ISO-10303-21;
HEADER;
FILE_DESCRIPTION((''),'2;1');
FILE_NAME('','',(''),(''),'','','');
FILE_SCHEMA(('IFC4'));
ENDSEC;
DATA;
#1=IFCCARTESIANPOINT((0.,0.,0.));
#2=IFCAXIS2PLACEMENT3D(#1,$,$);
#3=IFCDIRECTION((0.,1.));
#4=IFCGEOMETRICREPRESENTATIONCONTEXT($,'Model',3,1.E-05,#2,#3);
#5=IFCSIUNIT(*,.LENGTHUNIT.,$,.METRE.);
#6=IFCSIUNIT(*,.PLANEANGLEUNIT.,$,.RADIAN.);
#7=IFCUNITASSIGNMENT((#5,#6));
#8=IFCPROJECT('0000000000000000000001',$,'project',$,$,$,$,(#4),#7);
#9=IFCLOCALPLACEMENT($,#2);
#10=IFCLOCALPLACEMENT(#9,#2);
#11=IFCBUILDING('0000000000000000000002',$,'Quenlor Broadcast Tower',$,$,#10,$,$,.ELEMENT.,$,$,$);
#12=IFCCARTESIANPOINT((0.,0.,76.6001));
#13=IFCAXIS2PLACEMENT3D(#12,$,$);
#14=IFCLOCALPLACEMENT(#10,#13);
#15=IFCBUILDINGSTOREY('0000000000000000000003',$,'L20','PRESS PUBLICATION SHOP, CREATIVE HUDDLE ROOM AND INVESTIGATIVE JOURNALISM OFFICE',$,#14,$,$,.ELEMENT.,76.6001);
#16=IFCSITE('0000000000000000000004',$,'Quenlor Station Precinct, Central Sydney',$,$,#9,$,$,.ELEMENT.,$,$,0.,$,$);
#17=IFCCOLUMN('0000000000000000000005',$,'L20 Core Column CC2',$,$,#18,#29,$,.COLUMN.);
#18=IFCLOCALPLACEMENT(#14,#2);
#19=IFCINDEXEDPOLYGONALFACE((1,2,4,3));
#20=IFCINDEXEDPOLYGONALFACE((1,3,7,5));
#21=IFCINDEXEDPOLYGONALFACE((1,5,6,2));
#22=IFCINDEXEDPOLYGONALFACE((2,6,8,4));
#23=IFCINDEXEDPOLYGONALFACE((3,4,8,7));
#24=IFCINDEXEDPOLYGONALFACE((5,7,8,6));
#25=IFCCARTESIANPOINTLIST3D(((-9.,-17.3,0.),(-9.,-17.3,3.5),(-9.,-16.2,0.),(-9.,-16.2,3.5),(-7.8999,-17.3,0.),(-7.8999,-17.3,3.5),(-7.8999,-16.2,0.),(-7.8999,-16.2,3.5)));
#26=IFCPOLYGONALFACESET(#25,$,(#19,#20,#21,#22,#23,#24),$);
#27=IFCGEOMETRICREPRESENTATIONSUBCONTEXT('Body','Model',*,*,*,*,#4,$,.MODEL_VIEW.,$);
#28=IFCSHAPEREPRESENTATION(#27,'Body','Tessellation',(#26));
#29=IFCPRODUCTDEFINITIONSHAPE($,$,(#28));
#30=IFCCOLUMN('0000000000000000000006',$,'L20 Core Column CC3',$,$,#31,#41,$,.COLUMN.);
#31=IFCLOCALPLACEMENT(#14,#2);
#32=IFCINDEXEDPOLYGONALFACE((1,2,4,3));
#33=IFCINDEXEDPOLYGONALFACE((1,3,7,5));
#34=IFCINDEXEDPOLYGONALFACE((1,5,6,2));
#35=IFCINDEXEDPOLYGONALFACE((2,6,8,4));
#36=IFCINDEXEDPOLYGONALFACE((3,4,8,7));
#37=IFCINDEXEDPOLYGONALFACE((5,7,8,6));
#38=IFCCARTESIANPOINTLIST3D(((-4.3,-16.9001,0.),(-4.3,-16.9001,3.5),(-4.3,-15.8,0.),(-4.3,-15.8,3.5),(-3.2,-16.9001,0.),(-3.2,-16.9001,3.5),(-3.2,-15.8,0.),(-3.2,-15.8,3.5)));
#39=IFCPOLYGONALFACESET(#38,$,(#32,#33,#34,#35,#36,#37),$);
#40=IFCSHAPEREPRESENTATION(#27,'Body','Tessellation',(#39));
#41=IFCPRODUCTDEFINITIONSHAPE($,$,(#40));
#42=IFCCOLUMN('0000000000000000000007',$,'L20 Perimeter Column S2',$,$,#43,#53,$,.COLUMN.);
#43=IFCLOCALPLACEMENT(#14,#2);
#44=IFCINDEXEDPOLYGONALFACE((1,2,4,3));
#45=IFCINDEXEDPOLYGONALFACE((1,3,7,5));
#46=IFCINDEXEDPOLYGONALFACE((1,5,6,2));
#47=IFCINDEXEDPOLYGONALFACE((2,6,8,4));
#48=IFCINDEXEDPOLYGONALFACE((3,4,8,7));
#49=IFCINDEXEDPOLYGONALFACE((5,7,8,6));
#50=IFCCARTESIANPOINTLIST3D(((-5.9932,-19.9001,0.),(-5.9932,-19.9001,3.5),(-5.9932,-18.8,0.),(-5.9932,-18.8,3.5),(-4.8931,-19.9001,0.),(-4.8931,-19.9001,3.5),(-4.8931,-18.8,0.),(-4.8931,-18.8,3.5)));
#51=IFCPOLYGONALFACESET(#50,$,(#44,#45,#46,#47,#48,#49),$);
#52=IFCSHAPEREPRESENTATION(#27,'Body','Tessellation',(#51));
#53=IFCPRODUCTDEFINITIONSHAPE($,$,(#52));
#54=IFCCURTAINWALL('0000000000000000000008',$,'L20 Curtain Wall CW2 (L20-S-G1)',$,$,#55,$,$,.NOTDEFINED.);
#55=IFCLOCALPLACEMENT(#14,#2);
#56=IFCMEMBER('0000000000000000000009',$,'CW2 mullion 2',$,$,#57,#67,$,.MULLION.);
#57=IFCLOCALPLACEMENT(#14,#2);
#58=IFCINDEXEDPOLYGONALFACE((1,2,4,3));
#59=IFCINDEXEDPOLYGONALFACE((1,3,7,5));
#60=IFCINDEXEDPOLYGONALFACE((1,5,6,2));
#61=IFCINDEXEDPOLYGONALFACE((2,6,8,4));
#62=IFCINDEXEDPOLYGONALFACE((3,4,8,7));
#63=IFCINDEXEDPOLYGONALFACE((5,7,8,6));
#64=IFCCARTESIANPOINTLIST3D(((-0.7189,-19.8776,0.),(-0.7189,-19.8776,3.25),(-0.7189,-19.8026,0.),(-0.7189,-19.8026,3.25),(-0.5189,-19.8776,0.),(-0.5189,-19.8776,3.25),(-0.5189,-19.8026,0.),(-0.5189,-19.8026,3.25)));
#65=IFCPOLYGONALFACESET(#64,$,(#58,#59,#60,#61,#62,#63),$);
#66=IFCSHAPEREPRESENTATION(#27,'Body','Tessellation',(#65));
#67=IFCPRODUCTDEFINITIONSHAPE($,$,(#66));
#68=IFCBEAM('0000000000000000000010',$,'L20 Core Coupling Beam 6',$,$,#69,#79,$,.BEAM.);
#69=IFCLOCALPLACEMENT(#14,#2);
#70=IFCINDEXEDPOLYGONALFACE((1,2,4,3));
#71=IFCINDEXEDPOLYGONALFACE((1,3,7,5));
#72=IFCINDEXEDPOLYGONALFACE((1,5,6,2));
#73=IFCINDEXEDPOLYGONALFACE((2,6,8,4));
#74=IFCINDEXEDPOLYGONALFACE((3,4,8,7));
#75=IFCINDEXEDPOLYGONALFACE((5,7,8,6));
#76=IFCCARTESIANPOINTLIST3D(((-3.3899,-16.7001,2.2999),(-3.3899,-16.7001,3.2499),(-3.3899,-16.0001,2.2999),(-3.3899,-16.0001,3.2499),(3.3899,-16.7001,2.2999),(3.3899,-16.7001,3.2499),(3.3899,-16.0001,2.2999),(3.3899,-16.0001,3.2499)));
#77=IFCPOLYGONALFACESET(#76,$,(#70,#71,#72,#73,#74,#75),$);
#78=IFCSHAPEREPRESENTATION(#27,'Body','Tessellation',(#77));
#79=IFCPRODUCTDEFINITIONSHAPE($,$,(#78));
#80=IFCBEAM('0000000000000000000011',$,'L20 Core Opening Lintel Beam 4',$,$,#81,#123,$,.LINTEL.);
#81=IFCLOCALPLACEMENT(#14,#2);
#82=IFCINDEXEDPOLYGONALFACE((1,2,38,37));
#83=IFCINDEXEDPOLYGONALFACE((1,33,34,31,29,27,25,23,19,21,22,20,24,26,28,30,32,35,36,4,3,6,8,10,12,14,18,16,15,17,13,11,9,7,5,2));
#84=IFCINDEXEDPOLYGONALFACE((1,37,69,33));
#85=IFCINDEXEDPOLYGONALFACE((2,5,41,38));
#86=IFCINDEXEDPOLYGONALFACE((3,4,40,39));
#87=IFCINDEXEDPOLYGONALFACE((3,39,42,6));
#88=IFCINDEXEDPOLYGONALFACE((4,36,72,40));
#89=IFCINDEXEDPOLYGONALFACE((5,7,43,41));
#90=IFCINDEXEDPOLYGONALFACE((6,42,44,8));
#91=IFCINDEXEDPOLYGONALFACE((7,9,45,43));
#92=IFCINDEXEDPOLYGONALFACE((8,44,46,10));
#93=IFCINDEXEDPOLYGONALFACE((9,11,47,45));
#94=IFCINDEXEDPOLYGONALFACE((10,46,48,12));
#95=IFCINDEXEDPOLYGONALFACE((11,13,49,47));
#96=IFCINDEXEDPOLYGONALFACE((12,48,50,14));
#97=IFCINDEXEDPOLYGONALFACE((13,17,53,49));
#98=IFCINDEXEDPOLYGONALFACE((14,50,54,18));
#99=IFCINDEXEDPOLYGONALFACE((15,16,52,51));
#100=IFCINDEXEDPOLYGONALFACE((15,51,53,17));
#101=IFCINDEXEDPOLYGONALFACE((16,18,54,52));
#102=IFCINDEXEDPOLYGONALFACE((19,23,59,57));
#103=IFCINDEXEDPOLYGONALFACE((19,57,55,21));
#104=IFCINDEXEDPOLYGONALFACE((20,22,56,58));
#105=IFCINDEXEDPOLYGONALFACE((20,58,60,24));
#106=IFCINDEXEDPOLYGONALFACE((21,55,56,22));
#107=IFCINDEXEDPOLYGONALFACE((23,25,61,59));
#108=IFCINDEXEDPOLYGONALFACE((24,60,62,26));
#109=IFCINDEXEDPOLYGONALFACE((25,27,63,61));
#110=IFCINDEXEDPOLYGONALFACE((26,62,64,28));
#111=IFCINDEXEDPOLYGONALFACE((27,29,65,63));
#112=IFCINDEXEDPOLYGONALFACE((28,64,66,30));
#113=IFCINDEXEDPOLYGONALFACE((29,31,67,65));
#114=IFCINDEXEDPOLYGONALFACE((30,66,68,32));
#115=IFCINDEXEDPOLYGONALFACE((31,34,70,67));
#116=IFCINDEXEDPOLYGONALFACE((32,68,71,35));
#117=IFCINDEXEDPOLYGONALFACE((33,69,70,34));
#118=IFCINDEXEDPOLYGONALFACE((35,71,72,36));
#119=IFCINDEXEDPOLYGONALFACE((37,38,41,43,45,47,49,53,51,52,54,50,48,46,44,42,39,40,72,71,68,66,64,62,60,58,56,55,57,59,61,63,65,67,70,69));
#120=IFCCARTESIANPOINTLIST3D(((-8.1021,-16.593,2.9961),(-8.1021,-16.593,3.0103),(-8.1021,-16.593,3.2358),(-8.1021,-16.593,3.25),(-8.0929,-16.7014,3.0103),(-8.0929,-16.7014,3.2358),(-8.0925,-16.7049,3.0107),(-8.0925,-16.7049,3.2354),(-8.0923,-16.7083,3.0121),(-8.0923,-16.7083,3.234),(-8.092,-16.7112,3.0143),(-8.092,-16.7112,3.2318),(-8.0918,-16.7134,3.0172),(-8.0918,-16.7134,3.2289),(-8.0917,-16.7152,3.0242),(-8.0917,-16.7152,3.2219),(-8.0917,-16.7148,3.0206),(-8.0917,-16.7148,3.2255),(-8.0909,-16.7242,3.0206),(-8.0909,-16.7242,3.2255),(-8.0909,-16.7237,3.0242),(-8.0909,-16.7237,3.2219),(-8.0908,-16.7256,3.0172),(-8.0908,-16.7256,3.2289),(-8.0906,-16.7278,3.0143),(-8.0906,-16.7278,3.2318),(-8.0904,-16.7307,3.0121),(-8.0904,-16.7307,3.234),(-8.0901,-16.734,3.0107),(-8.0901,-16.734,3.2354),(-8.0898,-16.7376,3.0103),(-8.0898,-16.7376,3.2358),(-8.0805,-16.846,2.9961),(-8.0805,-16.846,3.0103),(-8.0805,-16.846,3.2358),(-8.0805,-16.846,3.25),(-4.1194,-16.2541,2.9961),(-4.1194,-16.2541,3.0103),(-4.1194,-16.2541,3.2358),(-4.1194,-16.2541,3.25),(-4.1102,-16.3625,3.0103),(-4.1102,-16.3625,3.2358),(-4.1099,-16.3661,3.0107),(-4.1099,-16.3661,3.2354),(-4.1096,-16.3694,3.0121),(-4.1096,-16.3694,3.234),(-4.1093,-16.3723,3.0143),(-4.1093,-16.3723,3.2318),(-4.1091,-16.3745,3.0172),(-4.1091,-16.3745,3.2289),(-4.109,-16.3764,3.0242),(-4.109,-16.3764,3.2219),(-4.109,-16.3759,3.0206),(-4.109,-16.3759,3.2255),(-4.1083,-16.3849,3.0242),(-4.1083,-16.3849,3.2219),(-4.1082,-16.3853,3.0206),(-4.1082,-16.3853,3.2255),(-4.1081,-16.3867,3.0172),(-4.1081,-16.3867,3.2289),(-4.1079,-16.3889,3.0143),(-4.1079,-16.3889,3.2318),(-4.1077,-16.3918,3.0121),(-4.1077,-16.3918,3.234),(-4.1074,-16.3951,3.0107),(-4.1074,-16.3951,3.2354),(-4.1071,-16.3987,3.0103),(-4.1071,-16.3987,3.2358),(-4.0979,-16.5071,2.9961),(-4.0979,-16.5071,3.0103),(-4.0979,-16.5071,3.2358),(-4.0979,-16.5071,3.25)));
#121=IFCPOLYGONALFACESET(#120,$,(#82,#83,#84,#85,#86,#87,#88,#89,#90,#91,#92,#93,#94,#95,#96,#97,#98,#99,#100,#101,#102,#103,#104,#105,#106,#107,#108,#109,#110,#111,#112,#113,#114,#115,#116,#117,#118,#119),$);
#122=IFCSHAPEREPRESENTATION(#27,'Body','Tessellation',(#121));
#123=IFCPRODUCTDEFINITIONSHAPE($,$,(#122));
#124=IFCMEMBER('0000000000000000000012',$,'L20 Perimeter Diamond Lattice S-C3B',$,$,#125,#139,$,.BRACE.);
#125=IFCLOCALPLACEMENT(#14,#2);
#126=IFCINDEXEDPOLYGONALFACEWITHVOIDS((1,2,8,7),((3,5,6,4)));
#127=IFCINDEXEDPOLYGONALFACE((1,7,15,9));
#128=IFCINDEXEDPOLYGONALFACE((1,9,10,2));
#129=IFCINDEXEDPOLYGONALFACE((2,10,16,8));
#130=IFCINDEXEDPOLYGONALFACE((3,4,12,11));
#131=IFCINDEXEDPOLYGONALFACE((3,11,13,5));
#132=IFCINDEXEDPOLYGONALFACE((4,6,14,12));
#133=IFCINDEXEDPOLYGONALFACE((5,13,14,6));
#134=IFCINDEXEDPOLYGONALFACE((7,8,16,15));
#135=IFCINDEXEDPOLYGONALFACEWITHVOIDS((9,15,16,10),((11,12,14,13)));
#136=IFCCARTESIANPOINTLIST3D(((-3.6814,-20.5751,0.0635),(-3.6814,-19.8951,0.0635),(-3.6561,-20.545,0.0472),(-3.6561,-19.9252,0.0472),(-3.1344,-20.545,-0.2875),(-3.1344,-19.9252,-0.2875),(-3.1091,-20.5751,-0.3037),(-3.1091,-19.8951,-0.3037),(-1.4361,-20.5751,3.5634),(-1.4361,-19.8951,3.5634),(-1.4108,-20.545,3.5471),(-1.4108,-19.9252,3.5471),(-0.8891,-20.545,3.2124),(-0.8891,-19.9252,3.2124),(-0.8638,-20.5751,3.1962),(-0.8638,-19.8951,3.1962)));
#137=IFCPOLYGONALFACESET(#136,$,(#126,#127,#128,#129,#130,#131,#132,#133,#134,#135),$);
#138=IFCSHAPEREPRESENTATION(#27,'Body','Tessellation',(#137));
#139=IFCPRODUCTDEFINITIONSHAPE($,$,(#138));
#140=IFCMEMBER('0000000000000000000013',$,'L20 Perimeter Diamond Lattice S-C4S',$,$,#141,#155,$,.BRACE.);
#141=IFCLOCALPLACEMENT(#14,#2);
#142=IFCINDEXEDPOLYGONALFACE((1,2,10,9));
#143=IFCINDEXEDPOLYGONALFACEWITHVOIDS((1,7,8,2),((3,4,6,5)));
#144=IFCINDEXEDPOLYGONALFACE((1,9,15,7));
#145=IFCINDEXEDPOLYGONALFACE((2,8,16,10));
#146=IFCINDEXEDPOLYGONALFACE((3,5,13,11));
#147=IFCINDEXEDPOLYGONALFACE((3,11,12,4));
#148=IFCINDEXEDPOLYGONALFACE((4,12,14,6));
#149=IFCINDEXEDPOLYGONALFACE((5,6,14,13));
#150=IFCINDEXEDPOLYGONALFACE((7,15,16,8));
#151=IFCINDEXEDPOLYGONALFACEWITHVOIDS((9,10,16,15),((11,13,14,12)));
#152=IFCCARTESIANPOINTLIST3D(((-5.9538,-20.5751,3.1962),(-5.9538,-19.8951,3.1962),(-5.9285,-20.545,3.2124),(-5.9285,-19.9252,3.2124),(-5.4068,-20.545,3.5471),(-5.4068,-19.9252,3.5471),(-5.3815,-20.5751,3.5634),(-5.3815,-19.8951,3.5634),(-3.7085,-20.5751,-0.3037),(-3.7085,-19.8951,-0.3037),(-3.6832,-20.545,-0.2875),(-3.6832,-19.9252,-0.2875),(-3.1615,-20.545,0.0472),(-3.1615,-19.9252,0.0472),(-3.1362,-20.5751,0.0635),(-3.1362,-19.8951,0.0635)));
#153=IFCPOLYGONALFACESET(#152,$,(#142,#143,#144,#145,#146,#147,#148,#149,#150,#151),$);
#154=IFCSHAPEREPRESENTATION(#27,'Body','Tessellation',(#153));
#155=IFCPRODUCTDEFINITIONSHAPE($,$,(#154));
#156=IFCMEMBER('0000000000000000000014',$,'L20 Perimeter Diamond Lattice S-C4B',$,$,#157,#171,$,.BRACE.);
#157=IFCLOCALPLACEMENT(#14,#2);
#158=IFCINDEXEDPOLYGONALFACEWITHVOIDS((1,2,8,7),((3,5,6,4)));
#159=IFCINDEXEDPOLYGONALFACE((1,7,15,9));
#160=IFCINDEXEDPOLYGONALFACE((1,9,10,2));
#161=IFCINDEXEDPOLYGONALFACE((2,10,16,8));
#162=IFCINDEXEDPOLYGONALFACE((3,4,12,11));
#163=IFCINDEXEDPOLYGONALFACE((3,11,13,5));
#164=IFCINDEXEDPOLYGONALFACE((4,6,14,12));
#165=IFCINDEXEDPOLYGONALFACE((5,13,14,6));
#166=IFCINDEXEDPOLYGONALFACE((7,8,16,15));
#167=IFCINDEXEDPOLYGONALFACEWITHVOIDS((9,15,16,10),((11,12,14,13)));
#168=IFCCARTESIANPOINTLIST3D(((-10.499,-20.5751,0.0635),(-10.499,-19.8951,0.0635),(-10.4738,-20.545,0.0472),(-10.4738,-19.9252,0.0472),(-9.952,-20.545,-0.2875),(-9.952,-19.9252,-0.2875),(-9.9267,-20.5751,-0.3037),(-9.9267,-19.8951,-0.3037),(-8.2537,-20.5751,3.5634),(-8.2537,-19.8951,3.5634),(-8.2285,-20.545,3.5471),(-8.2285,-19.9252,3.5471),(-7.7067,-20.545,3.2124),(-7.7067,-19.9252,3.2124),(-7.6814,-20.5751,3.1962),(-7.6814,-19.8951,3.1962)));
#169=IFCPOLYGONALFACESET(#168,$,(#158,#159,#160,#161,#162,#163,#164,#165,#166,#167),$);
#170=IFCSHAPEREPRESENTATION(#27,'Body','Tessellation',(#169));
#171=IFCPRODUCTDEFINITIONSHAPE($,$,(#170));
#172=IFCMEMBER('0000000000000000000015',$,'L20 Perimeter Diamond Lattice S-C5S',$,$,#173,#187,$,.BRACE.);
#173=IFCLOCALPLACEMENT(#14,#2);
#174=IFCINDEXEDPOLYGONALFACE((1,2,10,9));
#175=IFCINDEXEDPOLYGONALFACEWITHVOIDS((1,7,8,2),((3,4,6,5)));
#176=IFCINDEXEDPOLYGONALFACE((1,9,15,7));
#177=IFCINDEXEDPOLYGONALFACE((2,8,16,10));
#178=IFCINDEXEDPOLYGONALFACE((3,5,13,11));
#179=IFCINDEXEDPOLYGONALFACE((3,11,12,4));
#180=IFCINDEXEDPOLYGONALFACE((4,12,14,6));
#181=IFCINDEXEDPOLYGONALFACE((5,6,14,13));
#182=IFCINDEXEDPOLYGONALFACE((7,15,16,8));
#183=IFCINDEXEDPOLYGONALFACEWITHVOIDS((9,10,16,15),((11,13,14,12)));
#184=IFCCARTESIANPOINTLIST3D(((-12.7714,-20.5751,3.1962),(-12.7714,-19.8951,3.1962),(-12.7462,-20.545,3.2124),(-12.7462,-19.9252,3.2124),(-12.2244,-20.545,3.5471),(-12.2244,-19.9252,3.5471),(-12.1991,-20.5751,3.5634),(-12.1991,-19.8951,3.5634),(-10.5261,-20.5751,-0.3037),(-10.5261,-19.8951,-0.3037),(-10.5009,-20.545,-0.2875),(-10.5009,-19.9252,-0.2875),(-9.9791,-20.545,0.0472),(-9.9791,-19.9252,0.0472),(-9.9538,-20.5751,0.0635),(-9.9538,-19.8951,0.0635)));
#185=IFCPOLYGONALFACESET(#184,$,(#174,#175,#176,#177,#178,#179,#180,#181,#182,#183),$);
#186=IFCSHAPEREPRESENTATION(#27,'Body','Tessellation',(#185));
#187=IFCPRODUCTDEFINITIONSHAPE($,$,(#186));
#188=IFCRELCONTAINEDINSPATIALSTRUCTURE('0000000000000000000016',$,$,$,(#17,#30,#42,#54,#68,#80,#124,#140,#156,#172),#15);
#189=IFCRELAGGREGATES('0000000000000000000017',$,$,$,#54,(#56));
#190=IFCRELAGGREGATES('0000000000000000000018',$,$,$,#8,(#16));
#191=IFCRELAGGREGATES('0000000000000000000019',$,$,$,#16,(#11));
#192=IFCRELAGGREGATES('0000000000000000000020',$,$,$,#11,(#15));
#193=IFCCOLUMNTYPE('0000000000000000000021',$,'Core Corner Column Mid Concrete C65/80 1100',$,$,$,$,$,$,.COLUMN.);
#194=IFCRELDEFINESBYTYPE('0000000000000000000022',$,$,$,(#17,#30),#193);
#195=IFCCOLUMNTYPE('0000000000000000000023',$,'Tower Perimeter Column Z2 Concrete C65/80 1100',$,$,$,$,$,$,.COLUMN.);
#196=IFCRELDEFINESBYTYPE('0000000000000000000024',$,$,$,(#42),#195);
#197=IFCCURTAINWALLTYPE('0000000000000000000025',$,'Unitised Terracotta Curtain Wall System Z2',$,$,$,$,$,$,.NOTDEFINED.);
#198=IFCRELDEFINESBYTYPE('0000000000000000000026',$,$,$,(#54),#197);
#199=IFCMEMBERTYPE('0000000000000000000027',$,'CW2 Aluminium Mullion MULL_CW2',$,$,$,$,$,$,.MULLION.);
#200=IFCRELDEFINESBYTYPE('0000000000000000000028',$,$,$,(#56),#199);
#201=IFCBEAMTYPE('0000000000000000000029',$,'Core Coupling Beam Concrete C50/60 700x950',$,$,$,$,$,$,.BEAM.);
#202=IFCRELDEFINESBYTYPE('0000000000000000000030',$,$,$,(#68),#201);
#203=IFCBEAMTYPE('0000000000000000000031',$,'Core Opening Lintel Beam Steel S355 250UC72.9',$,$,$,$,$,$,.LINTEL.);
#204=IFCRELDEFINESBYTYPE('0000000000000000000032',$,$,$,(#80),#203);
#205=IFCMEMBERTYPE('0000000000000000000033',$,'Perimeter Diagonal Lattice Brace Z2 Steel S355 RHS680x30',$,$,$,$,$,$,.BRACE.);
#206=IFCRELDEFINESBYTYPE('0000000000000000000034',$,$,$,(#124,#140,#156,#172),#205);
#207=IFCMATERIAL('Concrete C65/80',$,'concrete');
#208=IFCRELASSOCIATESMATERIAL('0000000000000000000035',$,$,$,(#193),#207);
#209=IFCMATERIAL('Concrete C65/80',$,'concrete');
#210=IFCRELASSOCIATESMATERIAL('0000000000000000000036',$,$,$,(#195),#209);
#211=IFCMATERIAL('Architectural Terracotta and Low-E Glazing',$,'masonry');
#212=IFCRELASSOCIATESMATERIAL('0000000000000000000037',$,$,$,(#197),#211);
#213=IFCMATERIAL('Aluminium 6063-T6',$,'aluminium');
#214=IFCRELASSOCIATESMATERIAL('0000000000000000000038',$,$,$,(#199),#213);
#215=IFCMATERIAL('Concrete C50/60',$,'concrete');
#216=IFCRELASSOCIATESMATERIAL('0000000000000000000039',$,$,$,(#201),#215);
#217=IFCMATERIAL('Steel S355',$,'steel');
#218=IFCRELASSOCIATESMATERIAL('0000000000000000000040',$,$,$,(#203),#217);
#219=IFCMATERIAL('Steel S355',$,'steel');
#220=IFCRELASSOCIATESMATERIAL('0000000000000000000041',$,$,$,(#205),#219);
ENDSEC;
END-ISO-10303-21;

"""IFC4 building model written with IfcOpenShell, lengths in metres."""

from ifc_helpers import new_model, si_unit, direction, frame, origin, origin_2d, place, context, subcontext, project, spatial, rectangle, hollow_rectangle, i_section, extrude, material, material_profile, profile_set, type_object, element, aggregate, save


model = new_model("IFC4")

# Units and contexts
model_context = context("Model", 3, precision=1e-05, world=origin(), true_north=direction((0.0, 1.0)))
body_context = subcontext(model_context, "Body", "Model", "MODEL_VIEW")
ifc_project = project(units=[si_unit("LENGTHUNIT", "METRE"), si_unit("PLANEANGLEUNIT", "RADIAN")], contexts=[model_context])

# Site, building, storey
site_placement = place(None, origin())
site = spatial("IfcSite", under=ifc_project, at=site_placement, Name="Quenlor Station Precinct, Central Sydney", CompositionType="ELEMENT", RefElevation=0.0)
building_placement = place(site_placement, origin())
building = spatial("IfcBuilding", under=site, at=building_placement, Name="Quenlor Broadcast Tower", CompositionType="ELEMENT")
storey_placement = place(building_placement, frame((0.0, 0.0, 76.6001)))
storey = spatial("IfcBuildingStorey", under=building, at=storey_placement, Name="L20", Description="PRESS PUBLICATION SHOP, CREATIVE HUDDLE ROOM AND INVESTIGATIVE JOURNALISM OFFICE", CompositionType="ELEMENT", Elevation=76.6001)

# Columns
ifc_material_1 = material(Name="Concrete C65/80", Category="concrete")
ifc_material_profile_1 = material_profile(ifc_material_1, rectangle(XDim=1.1001, YDim=1.1001, at=origin_2d()))
ifc_profile_set_1 = profile_set([ifc_material_profile_1], Name="Concrete C65/80 RC1100x1100")
column_type_1 = type_object("IfcColumnType", Name="Core Corner Column Mid Concrete C65/80 1100", PredefinedType="COLUMN", material=ifc_profile_set_1)
for number, where, z_axis, x_axis, name in (
    (1, (-8.45, -16.75, 0.0), (0.0, 0.0, 1.0), (1.0, 0.0, 0.0), "L20 Core Column CC2"),
    (2, (-3.75, -16.3501, 0.0), (0.0, 0.0, 1.0), (1.0, 0.0, 0.0), "L20 Core Column CC3"),
):
    element("IfcColumn", number, at=place(storey_placement, frame(where, z_axis=z_axis, x_axis=x_axis)), inside=storey, type_object=column_type_1, Name=name, PredefinedType="COLUMN", context=body_context, shape_type="SweptSolid", body=[
        extrude(rectangle(XDim=1.1001, YDim=1.1001, at=origin_2d()), origin(), (0.0, 0.0, 1.0), 3.5),
    ])
ifc_material_2 = material(Name="Concrete C65/80", Category="concrete")
ifc_material_profile_2 = material_profile(ifc_material_2, rectangle(XDim=1.1001, YDim=1.1001, at=origin_2d()))
ifc_profile_set_2 = profile_set([ifc_material_profile_2], Name="Concrete C65/80 RC1100x1100")
column_type_2 = type_object("IfcColumnType", Name="Tower Perimeter Column Z2 Concrete C65/80 1100", PredefinedType="COLUMN", material=ifc_profile_set_2)
column_placement = place(storey_placement, frame((-5.4431, -19.3501, 0.0), z_axis=(0.0, 0.0, 1.0), x_axis=(0.0, 1.0, 0.0)))
element("IfcColumn", 3, at=column_placement, inside=storey, type_object=column_type_2, Name="L20 Perimeter Column S2", PredefinedType="COLUMN", context=body_context, shape_type="SweptSolid", body=[
    extrude(rectangle(XDim=1.1001, YDim=1.1001, at=origin_2d()), origin(), (0.0, 0.0, 1.0), 3.5),
])

# Curtain wall, member
ifc_material_3 = material(Name="Architectural Terracotta and Low-E Glazing", Category="masonry")
curtain_wall_type = type_object("IfcCurtainWallType", Name="Unitised Terracotta Curtain Wall System Z2", PredefinedType="NOTDEFINED", material=ifc_material_3)
curtain_wall_placement = place(storey_placement, origin())
curtain_wall = element("IfcCurtainWall", 4, at=curtain_wall_placement, inside=storey, type_object=curtain_wall_type, Name="L20 Curtain Wall CW2 (L20-S-G1)", PredefinedType="NOTDEFINED")
ifc_material_4 = material(Name="Aluminium 6063-T6", Category="aluminium")
ifc_material_profile_3 = material_profile(ifc_material_4, rectangle(XDim=0.075, YDim=0.2, at=origin_2d()))
ifc_profile_set_3 = profile_set([ifc_material_profile_3], Name="Aluminium 6063-T6 MULL75x200")
member_type_1 = type_object("IfcMemberType", Name="CW2 Aluminium Mullion MULL_CW2", PredefinedType="MULLION", material=ifc_profile_set_3)
member_placement = place(storey_placement, frame((-0.6189, -19.8401, 0.0), z_axis=(0.0, 0.0, 1.0), x_axis=(0.0, -1.0, 0.0)))
member = element("IfcMember", 5, at=member_placement, type_object=member_type_1, Name="CW2 mullion 2", PredefinedType="MULLION", context=body_context, shape_type="SweptSolid", body=[
    extrude(rectangle(XDim=0.075, YDim=0.2, at=origin_2d()), origin(), (0.0, 0.0, 1.0), 3.25),
])

# Beams
ifc_material_5 = material(Name="Concrete C50/60", Category="concrete")
ifc_material_profile_4 = material_profile(ifc_material_5, rectangle(XDim=0.7, YDim=0.95, at=origin_2d()))
ifc_profile_set_4 = profile_set([ifc_material_profile_4], Name="Concrete C50/60 RCB700x950")
beam_type_1 = type_object("IfcBeamType", Name="Core Coupling Beam Concrete C50/60 700x950", PredefinedType="BEAM", material=ifc_profile_set_4)
beam_1_placement = place(storey_placement, frame((-3.3899, -16.3501, 2.7749), z_axis=(1.0, 0.0, 0.0), x_axis=(0.0, 1.0, 0.0)))
element("IfcBeam", 6, at=beam_1_placement, inside=storey, type_object=beam_type_1, Name="L20 Core Coupling Beam 6", PredefinedType="BEAM", context=body_context, shape_type="SweptSolid", body=[
    extrude(rectangle(XDim=0.7, YDim=0.95, at=origin_2d()), origin(), (0.0, 0.0, 1.0), 6.7798),
])
ifc_material_6 = material(Name="Steel S355", Category="steel")
ifc_material_profile_5 = material_profile(ifc_material_6, i_section(OverallWidth=0.2539, OverallDepth=0.2539, WebThickness=0.0085, FlangeThickness=0.0142, FilletRadius=0.0139, at=origin_2d()))
ifc_profile_set_5 = profile_set([ifc_material_profile_5], Name="Steel S355 250UC72.9")
beam_type_2 = type_object("IfcBeamType", Name="Core Opening Lintel Beam Steel S355 250UC72.9", PredefinedType="LINTEL", material=ifc_profile_set_5)
beam_2_placement = place(storey_placement, frame((-8.0913, -16.7195, 3.123), z_axis=(0.9964, 0.084779, 0.0), x_axis=(-0.084779, 0.9964, 0.0)))
element("IfcBeam", 7, at=beam_2_placement, inside=storey, type_object=beam_type_2, Name="L20 Core Opening Lintel Beam 4", PredefinedType="LINTEL", context=body_context, shape_type="SweptSolid", body=[
    extrude(i_section(OverallWidth=0.2539, OverallDepth=0.2539, WebThickness=0.0085, FlangeThickness=0.0142, FilletRadius=0.0139, at=origin_2d()), origin(), (0.0, 0.0, 1.0), 3.9971),
])

# Members
ifc_material_7 = material(Name="Steel S355", Category="steel")
ifc_material_profile_6 = material_profile(ifc_material_7, hollow_rectangle(XDim=0.6799, YDim=0.6799, WallThickness=0.03, at=origin_2d()))
ifc_profile_set_6 = profile_set([ifc_material_profile_6], Name="Steel S355 RHS680x680x30")
member_type_2 = type_object("IfcMemberType", Name="Perimeter Diagonal Lattice Brace Z2 Steel S355 RHS680x30", PredefinedType="BRACE", material=ifc_profile_set_6)
for number, where, z_axis, x_axis, name in (
    (8, (-3.3953, -20.2351, -0.1201), (0.539968, 0.0, 0.841686), (0.0, 1.0, 0.0), "L20 Perimeter Diamond Lattice S-C3B"),
    (9, (-3.4224, -20.2351, -0.1201), (-0.539968, 0.0, 0.841686), (0.0, -1.0, 0.0), "L20 Perimeter Diamond Lattice S-C4S"),
    (10, (-10.2129, -20.2351, -0.1201), (0.539968, 0.0, 0.841686), (0.0, 1.0, 0.0), "L20 Perimeter Diamond Lattice S-C4B"),
    (11, (-10.24, -20.2351, -0.1201), (-0.539968, 0.0, 0.841686), (0.0, -1.0, 0.0), "L20 Perimeter Diamond Lattice S-C5S"),
):
    element("IfcMember", number, at=place(storey_placement, frame(where, z_axis=z_axis, x_axis=x_axis)), inside=storey, type_object=member_type_2, Name=name, PredefinedType="BRACE", context=body_context, shape_type="SweptSolid", body=[
        extrude(hollow_rectangle(XDim=0.6799, YDim=0.6799, WallThickness=0.03, at=origin_2d()), origin(), (0.0, 0.0, 1.0), 4.1582),
    ])

aggregate(curtain_wall, [member])

save(model, "model.ifc")
